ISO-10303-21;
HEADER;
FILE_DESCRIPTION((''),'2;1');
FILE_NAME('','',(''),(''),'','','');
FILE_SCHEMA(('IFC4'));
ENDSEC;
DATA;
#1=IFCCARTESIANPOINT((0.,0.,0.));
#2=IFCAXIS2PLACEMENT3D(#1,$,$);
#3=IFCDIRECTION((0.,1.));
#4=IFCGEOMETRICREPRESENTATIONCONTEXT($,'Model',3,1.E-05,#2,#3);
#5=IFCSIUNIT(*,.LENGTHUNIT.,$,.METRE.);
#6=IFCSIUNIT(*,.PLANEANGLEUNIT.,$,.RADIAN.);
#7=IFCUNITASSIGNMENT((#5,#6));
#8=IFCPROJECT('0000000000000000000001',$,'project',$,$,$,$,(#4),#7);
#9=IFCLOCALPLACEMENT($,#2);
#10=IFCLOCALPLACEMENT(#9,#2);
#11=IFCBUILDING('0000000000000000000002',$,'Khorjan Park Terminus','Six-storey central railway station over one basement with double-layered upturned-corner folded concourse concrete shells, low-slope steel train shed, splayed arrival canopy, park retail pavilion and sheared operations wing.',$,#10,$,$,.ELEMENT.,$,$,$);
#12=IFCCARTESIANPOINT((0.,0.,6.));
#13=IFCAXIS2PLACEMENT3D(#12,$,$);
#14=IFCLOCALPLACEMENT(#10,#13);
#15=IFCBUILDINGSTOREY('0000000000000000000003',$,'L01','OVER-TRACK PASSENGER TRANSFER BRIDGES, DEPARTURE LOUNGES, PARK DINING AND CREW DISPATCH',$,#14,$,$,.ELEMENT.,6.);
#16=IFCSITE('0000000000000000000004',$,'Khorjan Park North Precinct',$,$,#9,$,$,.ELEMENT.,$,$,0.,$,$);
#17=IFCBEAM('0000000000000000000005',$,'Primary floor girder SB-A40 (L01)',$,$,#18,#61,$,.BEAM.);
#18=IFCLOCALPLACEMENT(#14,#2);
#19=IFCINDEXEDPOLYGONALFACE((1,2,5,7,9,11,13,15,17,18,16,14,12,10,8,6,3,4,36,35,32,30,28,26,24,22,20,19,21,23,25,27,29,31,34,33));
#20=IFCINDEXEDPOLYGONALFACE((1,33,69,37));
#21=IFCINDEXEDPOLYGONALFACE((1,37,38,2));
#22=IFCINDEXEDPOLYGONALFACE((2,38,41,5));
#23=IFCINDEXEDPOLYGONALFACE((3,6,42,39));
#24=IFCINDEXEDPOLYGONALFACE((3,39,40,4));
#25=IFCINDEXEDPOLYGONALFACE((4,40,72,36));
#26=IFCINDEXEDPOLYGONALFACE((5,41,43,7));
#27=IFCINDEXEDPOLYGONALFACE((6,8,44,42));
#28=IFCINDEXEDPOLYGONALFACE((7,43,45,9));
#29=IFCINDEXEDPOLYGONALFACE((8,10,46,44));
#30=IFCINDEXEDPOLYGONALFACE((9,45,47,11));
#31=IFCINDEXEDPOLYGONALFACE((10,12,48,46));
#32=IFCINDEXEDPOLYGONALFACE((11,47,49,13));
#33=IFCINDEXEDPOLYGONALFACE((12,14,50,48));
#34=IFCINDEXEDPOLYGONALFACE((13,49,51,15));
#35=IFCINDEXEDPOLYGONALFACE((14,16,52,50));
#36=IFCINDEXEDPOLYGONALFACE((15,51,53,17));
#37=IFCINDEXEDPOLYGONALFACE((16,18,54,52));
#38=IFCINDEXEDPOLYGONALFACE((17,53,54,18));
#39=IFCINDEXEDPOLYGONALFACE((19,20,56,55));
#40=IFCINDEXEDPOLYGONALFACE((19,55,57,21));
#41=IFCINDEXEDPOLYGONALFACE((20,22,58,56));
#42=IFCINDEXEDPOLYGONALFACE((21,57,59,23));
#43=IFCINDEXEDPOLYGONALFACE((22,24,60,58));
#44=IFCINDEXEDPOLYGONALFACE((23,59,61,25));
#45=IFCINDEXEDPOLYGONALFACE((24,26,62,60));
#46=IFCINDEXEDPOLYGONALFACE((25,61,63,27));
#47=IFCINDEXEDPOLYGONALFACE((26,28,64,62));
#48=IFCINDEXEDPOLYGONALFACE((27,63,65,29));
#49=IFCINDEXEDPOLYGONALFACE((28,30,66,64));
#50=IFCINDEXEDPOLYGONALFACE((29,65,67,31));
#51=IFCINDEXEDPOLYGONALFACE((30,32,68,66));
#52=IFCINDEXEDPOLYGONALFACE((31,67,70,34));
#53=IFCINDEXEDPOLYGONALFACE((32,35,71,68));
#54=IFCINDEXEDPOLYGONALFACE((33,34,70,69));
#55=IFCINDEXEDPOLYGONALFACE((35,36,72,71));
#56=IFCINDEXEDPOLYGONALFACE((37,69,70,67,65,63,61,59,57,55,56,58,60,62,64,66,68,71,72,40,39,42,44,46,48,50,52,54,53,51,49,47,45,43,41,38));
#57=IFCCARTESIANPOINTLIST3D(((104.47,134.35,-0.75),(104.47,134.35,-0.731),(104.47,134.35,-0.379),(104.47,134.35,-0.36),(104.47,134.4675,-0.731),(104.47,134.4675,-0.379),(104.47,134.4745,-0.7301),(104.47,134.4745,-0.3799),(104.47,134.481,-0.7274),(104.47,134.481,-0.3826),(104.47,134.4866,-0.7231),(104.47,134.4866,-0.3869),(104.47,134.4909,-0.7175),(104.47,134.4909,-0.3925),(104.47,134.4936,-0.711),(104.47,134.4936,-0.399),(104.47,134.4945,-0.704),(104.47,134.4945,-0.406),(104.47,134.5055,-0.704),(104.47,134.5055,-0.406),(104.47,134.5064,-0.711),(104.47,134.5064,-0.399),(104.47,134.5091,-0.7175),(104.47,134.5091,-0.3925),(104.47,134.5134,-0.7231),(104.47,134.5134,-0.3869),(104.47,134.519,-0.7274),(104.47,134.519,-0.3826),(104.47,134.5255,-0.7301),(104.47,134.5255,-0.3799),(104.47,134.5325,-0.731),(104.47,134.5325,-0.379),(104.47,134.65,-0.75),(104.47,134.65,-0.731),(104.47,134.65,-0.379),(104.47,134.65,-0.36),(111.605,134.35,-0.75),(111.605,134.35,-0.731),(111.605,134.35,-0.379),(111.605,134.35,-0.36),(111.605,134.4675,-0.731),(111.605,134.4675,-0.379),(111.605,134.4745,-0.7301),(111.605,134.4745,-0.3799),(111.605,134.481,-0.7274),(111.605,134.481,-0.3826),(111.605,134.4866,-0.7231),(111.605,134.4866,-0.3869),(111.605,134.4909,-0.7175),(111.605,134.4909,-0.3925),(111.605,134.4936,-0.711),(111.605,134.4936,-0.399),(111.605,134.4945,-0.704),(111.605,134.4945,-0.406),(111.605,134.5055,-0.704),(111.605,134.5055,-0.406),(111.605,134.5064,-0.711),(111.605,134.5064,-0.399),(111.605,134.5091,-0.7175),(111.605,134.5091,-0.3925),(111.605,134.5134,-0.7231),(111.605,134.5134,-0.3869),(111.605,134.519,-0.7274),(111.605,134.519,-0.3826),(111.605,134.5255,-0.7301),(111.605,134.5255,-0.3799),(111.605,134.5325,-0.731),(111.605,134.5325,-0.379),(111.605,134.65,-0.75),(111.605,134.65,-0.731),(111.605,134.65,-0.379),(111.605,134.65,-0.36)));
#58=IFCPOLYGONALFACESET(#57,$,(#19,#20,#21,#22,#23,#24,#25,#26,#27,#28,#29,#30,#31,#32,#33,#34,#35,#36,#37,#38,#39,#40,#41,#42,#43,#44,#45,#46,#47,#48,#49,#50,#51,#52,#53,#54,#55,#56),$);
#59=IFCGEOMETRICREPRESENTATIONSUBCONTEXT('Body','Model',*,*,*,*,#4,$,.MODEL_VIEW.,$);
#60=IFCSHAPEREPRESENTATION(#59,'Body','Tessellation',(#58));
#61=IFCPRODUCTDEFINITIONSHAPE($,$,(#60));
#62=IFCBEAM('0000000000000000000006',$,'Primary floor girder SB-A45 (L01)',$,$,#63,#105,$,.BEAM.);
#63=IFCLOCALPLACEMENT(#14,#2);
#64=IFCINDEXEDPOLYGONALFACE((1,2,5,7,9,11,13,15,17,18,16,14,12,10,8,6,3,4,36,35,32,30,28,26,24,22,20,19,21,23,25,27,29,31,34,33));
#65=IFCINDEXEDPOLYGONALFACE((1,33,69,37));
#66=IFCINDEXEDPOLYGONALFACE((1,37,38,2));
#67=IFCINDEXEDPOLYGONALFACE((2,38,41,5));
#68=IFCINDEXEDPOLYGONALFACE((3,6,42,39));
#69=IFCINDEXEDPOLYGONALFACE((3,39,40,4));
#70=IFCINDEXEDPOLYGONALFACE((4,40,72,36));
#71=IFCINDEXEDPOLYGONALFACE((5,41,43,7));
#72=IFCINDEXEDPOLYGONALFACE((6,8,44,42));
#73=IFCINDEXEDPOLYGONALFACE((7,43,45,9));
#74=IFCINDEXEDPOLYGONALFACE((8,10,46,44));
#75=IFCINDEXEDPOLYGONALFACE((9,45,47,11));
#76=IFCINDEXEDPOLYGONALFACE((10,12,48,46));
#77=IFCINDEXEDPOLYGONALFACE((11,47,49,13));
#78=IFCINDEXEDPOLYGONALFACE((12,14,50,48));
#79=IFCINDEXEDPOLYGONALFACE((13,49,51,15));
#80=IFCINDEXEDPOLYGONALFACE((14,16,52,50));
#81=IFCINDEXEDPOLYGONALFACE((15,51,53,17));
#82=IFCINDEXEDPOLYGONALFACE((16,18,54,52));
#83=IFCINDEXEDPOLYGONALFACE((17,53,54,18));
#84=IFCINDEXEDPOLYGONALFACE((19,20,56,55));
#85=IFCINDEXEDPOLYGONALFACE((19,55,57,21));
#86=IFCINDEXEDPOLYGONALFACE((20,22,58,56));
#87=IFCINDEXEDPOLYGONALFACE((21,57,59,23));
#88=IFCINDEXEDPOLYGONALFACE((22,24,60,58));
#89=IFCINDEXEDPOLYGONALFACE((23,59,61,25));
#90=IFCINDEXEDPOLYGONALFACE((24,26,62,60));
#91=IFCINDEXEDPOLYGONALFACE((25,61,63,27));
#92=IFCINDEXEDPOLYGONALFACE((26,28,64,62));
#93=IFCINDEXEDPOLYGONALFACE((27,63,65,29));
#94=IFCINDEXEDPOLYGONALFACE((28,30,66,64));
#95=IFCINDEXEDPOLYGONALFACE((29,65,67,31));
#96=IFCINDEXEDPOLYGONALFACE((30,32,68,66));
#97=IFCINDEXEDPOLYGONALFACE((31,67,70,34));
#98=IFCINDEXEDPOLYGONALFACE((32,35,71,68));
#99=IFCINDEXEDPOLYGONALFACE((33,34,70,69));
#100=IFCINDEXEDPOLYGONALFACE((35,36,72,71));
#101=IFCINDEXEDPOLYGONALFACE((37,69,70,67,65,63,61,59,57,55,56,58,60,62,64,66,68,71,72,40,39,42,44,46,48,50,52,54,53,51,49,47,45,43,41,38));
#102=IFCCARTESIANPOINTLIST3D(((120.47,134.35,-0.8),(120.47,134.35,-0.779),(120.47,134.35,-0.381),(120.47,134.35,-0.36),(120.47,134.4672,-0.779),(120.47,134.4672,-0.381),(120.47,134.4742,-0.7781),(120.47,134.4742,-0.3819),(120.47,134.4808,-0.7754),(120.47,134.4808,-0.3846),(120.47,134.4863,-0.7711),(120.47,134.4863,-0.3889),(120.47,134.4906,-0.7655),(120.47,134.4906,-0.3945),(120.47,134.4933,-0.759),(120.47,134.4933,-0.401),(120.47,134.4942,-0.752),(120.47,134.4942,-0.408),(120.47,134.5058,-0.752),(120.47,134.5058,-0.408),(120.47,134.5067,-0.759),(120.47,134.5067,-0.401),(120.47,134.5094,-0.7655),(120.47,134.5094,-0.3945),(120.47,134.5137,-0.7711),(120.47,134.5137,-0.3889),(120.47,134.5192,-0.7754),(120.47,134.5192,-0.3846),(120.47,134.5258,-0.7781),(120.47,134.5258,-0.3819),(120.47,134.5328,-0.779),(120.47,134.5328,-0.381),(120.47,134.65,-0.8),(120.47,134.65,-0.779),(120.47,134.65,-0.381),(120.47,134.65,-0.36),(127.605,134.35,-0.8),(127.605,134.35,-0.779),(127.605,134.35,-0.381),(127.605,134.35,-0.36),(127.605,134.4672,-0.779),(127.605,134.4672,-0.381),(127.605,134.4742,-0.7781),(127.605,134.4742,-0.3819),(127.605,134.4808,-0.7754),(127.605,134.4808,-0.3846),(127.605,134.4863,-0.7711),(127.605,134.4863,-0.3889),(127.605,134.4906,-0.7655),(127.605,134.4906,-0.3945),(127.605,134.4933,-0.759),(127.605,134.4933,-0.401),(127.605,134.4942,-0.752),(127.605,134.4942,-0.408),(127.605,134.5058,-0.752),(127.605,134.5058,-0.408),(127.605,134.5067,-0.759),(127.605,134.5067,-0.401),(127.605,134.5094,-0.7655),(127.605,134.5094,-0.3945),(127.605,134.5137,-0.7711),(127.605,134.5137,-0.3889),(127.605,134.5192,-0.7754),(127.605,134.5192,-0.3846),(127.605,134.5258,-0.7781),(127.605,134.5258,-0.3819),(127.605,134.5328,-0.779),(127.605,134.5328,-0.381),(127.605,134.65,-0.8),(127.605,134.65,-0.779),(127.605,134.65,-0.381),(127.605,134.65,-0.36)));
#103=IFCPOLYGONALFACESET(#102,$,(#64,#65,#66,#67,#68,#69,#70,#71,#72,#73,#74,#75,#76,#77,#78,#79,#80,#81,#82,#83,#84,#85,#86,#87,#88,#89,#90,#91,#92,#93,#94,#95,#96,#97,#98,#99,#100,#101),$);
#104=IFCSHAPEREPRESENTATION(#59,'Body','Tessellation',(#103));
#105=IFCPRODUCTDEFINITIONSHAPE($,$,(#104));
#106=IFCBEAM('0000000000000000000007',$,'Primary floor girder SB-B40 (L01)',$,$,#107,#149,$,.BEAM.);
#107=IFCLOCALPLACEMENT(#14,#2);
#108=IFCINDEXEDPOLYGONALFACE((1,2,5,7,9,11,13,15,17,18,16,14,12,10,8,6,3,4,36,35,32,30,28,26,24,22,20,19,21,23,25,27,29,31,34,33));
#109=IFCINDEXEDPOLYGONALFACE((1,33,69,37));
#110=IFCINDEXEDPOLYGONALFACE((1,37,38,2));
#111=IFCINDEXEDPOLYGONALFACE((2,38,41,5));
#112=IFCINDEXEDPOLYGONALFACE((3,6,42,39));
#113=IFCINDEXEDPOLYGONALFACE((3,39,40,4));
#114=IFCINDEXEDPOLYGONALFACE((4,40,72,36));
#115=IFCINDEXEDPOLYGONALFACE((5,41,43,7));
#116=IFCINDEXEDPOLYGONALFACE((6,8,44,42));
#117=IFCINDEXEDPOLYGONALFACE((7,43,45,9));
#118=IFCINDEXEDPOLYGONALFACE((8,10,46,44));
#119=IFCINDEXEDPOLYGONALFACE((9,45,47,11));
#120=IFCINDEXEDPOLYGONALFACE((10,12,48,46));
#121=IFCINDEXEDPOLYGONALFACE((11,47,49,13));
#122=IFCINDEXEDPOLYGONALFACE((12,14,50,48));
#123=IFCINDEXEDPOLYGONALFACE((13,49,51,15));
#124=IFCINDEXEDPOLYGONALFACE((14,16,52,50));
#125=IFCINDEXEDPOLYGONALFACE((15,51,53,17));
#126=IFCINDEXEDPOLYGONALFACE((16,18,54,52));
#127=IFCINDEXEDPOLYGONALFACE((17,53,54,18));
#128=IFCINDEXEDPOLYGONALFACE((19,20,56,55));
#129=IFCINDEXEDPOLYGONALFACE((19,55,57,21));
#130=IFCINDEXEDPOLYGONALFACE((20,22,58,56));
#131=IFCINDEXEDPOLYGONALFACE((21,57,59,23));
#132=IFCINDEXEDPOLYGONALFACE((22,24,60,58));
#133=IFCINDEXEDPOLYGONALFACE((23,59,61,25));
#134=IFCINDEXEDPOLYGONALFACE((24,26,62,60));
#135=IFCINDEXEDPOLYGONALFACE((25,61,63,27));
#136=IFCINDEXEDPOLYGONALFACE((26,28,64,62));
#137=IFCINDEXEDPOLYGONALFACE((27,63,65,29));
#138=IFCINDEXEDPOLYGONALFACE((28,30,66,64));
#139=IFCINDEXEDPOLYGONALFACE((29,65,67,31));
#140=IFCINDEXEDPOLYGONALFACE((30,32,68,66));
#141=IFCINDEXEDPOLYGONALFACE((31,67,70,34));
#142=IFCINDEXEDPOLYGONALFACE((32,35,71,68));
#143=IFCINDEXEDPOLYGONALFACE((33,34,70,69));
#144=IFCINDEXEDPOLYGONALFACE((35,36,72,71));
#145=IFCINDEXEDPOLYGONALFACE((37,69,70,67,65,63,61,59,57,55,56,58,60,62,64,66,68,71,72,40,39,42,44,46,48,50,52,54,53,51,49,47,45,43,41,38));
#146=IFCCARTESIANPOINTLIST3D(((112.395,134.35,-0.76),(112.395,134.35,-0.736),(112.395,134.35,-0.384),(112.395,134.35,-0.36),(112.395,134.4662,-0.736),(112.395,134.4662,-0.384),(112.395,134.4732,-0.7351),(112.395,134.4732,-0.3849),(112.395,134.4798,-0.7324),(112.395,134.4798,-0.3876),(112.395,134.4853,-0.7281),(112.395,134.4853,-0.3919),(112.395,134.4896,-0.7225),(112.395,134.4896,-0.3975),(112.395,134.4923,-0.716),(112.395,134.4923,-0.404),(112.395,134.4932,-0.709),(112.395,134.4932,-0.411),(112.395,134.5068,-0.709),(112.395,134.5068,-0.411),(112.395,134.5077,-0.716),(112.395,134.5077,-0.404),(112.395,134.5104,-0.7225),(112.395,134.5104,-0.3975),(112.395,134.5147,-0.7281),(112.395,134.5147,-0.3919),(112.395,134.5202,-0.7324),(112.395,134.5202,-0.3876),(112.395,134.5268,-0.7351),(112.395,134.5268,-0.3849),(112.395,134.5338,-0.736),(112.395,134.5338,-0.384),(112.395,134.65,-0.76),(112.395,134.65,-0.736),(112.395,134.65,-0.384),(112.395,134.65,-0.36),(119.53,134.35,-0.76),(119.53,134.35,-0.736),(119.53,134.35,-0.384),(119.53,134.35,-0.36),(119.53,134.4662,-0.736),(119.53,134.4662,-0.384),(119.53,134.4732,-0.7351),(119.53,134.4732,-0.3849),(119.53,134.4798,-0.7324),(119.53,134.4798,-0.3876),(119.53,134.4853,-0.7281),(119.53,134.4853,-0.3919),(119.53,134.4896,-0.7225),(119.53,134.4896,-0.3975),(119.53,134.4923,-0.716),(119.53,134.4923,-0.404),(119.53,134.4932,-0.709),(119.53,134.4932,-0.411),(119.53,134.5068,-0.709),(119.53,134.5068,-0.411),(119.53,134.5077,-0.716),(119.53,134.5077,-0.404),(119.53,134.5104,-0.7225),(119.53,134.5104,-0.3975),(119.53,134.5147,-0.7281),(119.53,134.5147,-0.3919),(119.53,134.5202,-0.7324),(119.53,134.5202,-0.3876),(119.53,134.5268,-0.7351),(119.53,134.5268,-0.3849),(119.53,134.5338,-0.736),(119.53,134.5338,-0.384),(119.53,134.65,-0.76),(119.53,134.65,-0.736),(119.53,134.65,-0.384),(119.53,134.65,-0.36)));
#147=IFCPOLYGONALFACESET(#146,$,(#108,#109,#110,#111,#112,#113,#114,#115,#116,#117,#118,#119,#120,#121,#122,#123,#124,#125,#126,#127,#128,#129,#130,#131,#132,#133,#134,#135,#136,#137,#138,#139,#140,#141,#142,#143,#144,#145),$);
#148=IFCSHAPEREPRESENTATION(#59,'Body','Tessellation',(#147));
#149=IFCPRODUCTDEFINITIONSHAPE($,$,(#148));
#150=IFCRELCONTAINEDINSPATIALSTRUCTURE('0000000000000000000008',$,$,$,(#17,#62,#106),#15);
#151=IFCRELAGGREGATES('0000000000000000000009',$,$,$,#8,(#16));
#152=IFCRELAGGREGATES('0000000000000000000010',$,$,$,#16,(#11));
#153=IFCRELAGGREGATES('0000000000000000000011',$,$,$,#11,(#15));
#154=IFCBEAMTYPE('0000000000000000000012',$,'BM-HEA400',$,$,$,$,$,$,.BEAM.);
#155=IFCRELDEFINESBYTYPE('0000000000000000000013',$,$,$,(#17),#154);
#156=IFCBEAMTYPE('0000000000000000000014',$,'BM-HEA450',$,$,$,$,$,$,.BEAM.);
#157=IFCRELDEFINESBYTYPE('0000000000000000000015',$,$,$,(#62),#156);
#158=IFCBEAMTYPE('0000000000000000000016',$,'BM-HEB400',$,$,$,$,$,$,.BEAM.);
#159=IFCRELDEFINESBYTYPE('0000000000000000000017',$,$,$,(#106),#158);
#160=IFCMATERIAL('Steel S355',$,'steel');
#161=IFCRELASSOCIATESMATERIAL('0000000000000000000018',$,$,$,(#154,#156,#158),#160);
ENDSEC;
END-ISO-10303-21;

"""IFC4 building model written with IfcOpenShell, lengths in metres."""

from ifc_helpers import new_model, si_unit, direction, frame, origin, origin_2d, place, context, subcontext, project, spatial, i_section, extrude, material, material_profile, profile_set, type_object, element, save


model = new_model("IFC4")

# Units and contexts
model_context = context("Model", 3, precision=1e-05, world=origin(), true_north=direction((0.0, 1.0)))
body_context = subcontext(model_context, "Body", "Model", "MODEL_VIEW")
ifc_project = project(units=[si_unit("LENGTHUNIT", "METRE"), si_unit("PLANEANGLEUNIT", "RADIAN")], contexts=[model_context])

# Site, building, storey
site_placement = place(None, origin())
site = spatial("IfcSite", under=ifc_project, at=site_placement, Name="Khorjan Park North Precinct", CompositionType="ELEMENT", RefElevation=0.0)
building_placement = place(site_placement, origin())
building = spatial("IfcBuilding", under=site, at=building_placement, Name="Khorjan Park Terminus", Description="Six-storey central railway station over one basement with double-layered upturned-corner folded concourse concrete shells, low-slope steel train shed, splayed arrival canopy, park retail pavilion and sheared operations wing.", CompositionType="ELEMENT")
storey_placement = place(building_placement, frame((0.0, 0.0, 6.0)))
storey = spatial("IfcBuildingStorey", under=building, at=storey_placement, Name="L01", Description="OVER-TRACK PASSENGER TRANSFER BRIDGES, DEPARTURE LOUNGES, PARK DINING AND CREW DISPATCH", CompositionType="ELEMENT", Elevation=6.0)

# Beams
ifc_material_1 = material(Name="Steel S355", Category="steel")
ifc_material_profile_1 = material_profile(ifc_material_1, i_section(OverallWidth=0.3, OverallDepth=0.39, WebThickness=0.011, FlangeThickness=0.019, FilletRadius=0.027, at=origin_2d()), Name="HEA 400")
ifc_profile_set_1 = profile_set([ifc_material_profile_1], Name="Steel S355")
beam_type_1 = type_object("IfcBeamType", Name="BM-HEA400", PredefinedType="BEAM", material=ifc_profile_set_1)
beam_1_placement = place(storey_placement, frame((104.47, 134.5, -0.555), z_axis=(1.0, 0.0, 0.0), x_axis=(0.0, 1.0, 0.0)))
element("IfcBeam", 1, at=beam_1_placement, inside=storey, type_object=beam_type_1, Name="Primary floor girder SB-A40 (L01)", PredefinedType="BEAM", context=body_context, shape_type="SweptSolid", body=[
    extrude(i_section(OverallWidth=0.3, OverallDepth=0.39, WebThickness=0.011, FlangeThickness=0.019, FilletRadius=0.027, at=origin_2d()), origin(), (0.0, 0.0, 1.0), 7.135),
])
ifc_material_profile_2 = material_profile(ifc_material_1, i_section(OverallWidth=0.3, OverallDepth=0.44, WebThickness=0.0115, FlangeThickness=0.021, FilletRadius=0.027, at=origin_2d()), Name="HEA 450")
ifc_profile_set_2 = profile_set([ifc_material_profile_2], Name="Steel S355")
beam_type_2 = type_object("IfcBeamType", Name="BM-HEA450", PredefinedType="BEAM", material=ifc_profile_set_2)
beam_2_placement = place(storey_placement, frame((120.47, 134.5, -0.58), z_axis=(1.0, 0.0, 0.0), x_axis=(0.0, 1.0, 0.0)))
element("IfcBeam", 2, at=beam_2_placement, inside=storey, type_object=beam_type_2, Name="Primary floor girder SB-A45 (L01)", PredefinedType="BEAM", context=body_context, shape_type="SweptSolid", body=[
    extrude(i_section(OverallWidth=0.3, OverallDepth=0.44, WebThickness=0.0115, FlangeThickness=0.021, FilletRadius=0.027, at=origin_2d()), origin(), (0.0, 0.0, 1.0), 7.135),
])
ifc_material_profile_3 = material_profile(ifc_material_1, i_section(OverallWidth=0.3, OverallDepth=0.4, WebThickness=0.0135, FlangeThickness=0.024, FilletRadius=0.027, at=origin_2d()), Name="HEB 400")
ifc_profile_set_3 = profile_set([ifc_material_profile_3], Name="Steel S355")
beam_type_3 = type_object("IfcBeamType", Name="BM-HEB400", PredefinedType="BEAM", material=ifc_profile_set_3)
beam_3_placement = place(storey_placement, frame((112.395, 134.5, -0.56), z_axis=(1.0, 0.0, 0.0), x_axis=(0.0, 1.0, 0.0)))
element("IfcBeam", 3, at=beam_3_placement, inside=storey, type_object=beam_type_3, Name="Primary floor girder SB-B40 (L01)", PredefinedType="BEAM", context=body_context, shape_type="SweptSolid", body=[
    extrude(i_section(OverallWidth=0.3, OverallDepth=0.4, WebThickness=0.0135, FlangeThickness=0.024, FilletRadius=0.027, at=origin_2d()), origin(), (0.0, 0.0, 1.0), 7.135),
])

save(model, "model.ifc")
